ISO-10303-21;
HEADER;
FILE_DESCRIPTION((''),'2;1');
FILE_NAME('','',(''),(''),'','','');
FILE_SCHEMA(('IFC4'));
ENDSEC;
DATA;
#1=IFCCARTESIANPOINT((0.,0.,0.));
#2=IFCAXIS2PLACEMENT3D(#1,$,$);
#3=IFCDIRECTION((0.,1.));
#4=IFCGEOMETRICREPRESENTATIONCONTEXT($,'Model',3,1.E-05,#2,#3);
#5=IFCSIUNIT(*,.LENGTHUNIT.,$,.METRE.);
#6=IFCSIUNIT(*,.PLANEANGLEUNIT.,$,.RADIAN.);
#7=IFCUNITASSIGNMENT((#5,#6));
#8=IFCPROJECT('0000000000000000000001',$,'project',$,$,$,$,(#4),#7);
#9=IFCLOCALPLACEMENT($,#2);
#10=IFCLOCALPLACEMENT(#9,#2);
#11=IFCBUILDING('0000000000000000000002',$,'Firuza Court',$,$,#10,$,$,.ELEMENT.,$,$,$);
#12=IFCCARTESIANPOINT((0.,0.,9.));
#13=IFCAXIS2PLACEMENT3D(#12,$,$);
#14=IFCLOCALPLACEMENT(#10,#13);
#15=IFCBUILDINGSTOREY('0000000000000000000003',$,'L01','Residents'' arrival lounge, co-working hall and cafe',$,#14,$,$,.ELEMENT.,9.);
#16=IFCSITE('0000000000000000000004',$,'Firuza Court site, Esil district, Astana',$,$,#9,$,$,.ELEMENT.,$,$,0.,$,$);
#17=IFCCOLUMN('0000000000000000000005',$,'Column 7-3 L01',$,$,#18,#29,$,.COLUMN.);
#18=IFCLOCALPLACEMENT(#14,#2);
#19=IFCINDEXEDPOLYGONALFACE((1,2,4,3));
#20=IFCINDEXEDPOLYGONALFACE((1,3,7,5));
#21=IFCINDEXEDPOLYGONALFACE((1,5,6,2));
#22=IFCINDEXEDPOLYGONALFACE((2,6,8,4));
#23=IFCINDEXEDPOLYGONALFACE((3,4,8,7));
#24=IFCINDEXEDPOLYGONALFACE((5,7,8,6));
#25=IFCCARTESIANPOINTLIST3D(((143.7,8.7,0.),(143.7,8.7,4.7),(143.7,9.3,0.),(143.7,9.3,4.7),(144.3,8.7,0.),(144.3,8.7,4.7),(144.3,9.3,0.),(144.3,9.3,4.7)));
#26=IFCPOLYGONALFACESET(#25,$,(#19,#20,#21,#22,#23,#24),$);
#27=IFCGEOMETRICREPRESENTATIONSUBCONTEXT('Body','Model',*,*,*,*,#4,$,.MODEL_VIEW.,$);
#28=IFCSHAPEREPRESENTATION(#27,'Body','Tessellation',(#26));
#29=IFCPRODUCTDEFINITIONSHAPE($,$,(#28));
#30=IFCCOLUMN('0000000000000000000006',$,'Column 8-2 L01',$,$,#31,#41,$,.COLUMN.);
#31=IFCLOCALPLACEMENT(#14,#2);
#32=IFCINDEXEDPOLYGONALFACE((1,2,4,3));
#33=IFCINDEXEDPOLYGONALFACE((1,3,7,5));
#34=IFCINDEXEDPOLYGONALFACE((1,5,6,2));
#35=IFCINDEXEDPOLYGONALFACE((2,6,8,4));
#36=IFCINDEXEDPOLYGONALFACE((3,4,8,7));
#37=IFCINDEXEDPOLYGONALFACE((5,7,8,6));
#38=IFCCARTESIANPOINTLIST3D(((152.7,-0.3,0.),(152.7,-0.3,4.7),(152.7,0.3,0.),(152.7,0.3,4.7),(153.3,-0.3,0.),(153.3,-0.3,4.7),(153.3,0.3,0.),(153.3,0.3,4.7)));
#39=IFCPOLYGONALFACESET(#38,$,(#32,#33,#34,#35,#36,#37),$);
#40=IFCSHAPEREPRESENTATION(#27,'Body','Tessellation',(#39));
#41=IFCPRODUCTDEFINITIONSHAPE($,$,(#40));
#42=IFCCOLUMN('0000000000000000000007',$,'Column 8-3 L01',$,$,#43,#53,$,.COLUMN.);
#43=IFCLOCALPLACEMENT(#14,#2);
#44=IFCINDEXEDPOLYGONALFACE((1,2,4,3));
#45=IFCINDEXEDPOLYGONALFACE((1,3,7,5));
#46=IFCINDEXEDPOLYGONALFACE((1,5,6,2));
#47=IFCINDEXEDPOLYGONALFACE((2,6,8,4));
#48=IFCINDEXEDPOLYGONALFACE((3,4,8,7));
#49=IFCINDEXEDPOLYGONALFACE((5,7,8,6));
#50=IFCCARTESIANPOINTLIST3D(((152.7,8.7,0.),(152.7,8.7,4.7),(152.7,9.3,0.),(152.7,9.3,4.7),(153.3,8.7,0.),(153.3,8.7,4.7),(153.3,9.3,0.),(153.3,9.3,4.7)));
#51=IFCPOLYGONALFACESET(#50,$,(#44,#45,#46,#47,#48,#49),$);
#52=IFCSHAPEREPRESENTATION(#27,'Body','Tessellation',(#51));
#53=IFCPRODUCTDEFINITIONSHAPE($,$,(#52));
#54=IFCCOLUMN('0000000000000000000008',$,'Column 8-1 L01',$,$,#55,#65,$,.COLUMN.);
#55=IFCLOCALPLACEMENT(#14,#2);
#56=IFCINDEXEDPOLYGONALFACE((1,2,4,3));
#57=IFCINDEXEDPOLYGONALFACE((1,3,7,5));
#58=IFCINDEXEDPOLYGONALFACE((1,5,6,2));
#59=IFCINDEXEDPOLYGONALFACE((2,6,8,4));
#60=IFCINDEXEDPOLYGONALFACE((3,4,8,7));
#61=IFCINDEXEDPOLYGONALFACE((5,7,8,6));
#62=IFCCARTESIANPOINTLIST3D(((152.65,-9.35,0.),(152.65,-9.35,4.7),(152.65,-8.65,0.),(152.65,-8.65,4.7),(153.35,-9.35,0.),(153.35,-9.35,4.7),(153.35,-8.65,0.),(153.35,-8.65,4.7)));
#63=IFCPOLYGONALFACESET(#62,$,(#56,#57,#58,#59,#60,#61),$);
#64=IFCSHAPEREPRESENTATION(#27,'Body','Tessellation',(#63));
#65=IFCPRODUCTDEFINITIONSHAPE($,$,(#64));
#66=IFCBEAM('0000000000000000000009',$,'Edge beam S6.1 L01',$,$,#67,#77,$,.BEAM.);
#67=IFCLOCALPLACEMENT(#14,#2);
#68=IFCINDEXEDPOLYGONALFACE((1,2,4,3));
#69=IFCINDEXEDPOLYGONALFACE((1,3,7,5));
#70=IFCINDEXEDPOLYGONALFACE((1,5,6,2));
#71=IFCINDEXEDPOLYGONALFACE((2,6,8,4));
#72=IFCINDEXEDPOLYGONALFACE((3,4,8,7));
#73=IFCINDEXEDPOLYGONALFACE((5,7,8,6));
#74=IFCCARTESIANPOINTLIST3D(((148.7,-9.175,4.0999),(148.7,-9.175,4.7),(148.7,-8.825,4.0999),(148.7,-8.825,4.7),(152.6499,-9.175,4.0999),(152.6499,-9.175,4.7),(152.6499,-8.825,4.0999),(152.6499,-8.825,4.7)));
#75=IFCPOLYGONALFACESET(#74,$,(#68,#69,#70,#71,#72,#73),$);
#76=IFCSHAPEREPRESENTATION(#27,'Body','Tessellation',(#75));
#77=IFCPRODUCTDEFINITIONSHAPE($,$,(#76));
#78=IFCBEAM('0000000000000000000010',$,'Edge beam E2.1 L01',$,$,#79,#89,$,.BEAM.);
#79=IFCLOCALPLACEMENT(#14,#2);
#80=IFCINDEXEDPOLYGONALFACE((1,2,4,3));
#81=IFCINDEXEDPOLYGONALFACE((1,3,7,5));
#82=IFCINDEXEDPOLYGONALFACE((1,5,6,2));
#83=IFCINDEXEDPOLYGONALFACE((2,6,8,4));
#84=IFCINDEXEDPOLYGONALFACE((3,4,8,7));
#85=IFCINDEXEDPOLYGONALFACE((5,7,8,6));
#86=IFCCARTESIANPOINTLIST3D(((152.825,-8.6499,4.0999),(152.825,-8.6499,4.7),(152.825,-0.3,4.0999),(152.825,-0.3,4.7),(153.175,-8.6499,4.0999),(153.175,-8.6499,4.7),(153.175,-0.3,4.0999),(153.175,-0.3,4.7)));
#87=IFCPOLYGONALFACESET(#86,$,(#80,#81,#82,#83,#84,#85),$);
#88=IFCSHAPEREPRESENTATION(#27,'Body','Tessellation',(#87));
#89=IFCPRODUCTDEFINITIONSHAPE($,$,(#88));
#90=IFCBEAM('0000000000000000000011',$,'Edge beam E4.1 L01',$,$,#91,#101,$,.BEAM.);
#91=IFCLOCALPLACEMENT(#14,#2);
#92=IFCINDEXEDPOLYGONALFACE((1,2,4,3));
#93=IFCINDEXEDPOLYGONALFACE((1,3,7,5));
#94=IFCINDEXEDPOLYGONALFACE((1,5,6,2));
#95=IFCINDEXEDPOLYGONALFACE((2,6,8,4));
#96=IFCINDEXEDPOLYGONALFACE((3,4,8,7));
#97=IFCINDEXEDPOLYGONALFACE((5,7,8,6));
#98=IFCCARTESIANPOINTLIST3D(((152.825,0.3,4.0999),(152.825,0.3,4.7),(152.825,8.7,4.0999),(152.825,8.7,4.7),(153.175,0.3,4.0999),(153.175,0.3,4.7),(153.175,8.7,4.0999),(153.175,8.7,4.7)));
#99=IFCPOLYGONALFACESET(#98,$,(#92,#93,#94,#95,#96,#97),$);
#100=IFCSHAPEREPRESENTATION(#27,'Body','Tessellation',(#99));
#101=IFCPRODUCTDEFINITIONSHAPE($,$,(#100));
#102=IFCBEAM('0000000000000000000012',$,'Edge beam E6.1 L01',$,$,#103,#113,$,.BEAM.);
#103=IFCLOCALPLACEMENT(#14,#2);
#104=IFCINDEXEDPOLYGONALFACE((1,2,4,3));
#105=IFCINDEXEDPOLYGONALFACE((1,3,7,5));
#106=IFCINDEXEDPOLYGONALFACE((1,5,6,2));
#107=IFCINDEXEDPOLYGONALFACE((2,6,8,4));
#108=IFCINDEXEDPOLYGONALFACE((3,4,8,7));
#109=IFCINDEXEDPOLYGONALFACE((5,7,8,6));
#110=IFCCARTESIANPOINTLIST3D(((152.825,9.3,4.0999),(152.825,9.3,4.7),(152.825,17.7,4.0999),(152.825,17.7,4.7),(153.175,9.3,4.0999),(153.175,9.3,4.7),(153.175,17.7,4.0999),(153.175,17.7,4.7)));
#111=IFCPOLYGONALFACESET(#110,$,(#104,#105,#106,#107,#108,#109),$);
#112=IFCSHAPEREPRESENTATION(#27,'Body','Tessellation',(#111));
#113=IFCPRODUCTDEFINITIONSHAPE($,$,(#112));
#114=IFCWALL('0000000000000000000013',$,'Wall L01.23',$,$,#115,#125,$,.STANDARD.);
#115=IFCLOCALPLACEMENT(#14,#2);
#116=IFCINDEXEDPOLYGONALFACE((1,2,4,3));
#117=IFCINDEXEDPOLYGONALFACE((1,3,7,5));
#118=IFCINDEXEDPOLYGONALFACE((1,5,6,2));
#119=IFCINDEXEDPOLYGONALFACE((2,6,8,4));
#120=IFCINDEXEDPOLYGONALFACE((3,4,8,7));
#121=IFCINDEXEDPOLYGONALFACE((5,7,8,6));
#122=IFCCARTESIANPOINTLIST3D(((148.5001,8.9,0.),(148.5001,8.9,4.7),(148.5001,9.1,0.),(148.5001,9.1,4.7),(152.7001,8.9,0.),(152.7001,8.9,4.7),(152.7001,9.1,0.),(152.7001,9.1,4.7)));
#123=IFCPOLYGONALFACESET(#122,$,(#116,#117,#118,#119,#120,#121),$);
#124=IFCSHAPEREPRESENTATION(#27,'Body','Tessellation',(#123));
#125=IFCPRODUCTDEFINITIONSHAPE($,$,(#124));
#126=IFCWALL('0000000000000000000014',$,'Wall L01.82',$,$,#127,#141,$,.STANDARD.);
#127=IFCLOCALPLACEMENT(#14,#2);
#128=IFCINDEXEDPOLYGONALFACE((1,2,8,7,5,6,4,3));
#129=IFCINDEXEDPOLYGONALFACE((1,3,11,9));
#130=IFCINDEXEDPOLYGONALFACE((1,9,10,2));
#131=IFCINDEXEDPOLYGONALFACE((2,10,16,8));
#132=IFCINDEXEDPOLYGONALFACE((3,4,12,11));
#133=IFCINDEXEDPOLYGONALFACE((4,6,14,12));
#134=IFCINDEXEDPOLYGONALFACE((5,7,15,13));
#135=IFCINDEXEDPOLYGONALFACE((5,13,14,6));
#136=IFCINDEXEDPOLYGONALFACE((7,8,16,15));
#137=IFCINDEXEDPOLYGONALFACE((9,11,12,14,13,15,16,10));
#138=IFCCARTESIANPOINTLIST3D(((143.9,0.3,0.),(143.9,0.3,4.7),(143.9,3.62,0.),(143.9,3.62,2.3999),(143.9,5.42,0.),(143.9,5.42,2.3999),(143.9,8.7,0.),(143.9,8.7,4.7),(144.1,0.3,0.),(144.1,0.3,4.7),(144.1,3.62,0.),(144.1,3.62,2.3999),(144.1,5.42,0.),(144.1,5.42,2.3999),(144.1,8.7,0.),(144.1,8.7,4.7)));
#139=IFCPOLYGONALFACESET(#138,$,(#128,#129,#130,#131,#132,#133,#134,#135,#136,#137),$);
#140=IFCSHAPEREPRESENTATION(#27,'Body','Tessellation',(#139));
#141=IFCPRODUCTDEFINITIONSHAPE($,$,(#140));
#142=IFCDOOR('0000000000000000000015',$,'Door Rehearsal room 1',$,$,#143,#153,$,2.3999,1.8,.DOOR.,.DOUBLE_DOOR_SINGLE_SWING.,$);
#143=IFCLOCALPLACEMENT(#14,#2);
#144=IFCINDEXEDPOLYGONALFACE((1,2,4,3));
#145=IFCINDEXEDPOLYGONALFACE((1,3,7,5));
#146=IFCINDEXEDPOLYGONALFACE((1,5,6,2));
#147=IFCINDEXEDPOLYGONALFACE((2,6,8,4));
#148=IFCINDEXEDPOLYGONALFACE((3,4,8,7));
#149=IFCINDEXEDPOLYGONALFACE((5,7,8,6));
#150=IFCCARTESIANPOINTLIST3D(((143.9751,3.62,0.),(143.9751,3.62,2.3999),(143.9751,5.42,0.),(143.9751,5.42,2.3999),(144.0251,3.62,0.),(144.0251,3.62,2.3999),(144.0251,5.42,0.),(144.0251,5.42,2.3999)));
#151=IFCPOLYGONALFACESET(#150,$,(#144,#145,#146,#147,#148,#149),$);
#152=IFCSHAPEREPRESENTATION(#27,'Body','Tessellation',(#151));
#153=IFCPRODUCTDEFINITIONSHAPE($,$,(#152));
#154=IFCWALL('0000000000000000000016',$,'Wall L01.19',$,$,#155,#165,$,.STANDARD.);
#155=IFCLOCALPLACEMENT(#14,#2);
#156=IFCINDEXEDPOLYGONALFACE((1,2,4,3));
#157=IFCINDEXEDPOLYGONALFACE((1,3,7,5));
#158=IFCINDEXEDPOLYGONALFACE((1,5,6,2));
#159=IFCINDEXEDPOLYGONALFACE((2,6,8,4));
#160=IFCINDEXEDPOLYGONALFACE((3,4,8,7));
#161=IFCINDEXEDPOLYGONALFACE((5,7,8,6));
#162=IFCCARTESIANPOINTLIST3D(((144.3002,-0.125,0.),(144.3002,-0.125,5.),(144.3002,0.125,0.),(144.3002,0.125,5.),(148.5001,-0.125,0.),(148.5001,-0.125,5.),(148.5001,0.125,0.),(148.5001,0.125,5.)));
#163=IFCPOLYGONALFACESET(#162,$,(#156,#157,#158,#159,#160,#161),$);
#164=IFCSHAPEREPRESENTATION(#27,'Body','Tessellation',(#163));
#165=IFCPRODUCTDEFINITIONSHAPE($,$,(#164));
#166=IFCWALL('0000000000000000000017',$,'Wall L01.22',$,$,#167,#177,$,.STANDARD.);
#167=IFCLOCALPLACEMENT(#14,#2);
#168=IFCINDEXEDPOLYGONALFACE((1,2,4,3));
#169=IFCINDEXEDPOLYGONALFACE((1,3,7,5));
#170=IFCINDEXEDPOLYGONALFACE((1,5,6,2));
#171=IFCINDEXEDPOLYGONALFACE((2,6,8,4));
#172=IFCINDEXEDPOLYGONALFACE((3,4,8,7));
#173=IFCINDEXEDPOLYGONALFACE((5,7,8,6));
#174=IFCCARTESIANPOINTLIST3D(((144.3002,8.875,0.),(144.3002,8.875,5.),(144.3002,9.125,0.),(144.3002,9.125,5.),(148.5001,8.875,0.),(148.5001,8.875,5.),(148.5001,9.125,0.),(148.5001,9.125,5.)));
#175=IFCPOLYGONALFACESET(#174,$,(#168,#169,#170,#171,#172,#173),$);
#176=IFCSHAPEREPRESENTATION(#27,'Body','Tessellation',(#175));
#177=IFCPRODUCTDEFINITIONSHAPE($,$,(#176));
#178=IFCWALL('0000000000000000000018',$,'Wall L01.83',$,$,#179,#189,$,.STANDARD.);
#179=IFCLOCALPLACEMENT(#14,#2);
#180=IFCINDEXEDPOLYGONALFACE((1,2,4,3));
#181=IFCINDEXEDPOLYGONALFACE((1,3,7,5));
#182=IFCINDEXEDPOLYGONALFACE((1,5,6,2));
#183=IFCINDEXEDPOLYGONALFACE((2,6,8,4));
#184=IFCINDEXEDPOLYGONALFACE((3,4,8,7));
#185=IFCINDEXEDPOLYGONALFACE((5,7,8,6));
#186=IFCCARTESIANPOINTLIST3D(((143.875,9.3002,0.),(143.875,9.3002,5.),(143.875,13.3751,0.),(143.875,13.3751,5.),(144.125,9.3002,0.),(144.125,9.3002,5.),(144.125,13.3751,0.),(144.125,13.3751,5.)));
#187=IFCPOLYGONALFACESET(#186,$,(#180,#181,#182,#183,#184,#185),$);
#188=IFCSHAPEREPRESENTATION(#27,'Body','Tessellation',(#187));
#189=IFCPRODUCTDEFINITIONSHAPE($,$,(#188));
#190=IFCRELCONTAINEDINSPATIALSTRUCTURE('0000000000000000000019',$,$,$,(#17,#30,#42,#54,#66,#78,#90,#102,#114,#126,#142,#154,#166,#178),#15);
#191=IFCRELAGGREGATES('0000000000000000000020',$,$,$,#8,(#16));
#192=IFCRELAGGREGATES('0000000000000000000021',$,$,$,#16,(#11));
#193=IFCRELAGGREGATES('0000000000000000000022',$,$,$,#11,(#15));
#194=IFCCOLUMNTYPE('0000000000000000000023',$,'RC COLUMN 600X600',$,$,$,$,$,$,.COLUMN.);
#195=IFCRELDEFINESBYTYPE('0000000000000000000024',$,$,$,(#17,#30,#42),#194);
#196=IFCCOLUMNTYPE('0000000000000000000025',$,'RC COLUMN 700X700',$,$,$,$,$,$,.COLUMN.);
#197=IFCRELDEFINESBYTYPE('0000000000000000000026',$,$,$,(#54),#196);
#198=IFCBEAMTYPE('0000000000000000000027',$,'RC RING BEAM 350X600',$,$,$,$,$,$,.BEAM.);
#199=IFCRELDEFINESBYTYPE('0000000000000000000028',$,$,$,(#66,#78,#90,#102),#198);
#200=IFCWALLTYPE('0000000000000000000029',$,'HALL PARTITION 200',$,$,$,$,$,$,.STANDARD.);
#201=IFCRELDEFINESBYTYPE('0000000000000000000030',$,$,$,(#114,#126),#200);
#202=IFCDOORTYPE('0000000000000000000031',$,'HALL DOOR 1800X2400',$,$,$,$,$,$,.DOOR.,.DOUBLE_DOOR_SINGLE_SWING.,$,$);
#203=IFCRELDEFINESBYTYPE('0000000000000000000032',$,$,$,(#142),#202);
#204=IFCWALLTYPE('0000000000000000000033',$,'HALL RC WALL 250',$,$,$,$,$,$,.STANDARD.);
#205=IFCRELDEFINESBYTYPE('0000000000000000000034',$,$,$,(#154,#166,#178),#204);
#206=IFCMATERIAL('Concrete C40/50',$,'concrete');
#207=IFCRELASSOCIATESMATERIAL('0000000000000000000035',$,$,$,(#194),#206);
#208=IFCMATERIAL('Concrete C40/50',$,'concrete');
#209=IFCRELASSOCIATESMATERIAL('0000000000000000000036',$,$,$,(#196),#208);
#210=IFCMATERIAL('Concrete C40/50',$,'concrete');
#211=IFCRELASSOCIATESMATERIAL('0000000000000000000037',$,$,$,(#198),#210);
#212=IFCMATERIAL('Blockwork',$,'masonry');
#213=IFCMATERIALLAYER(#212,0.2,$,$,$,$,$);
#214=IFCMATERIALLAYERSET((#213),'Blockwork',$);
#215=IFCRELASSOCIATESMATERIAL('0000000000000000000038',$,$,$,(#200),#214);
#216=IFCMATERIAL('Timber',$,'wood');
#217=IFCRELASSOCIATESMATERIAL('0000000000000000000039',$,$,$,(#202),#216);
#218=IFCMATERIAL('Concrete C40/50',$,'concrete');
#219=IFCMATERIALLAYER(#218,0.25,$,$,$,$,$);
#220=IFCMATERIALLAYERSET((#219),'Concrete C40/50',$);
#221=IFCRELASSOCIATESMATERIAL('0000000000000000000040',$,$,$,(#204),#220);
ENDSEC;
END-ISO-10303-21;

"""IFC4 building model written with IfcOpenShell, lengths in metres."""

from ifc_helpers import new_model, si_unit, direction, frame, frame_2d, origin, origin_2d, place, context, subcontext, project, spatial, rectangle, extrude, material, layer, layer_set, material_profile, profile_set, type_object, element, fill, save


model = new_model("IFC4")

# Units and contexts
model_context = context("Model", 3, precision=1e-05, world=origin(), true_north=direction((0.0, 1.0)))
body_context = subcontext(model_context, "Body", "Model", "MODEL_VIEW")
ifc_project = project(units=[si_unit("LENGTHUNIT", "METRE"), si_unit("PLANEANGLEUNIT", "RADIAN")], contexts=[model_context])

# Site, building, storey
site_placement = place(None, origin())
site = spatial("IfcSite", under=ifc_project, at=site_placement, Name="Firuza Court site, Esil district, Astana", CompositionType="ELEMENT", RefElevation=0.0)
building_placement = place(site_placement, origin())
building = spatial("IfcBuilding", under=site, at=building_placement, Name="Firuza Court", CompositionType="ELEMENT")
storey_placement = place(building_placement, frame((0.0, 0.0, 9.0)))
storey = spatial("IfcBuildingStorey", under=building, at=storey_placement, Name="L01", Description="Residents' arrival lounge, co-working hall and cafe", CompositionType="ELEMENT", Elevation=9.0)

# Columns
ifc_material_1 = material(Name="Concrete C40/50", Category="concrete")
ifc_material_profile_1 = material_profile(ifc_material_1, rectangle(XDim=0.6001, YDim=0.6001, at=origin_2d()), Name="RC 600X600")
ifc_profile_set_1 = profile_set([ifc_material_profile_1], Name="Concrete C40/50")
column_type_1 = type_object("IfcColumnType", Name="RC COLUMN 600X600", PredefinedType="COLUMN", material=ifc_profile_set_1)
for number, where, z_axis, x_axis, name in (
    (1, (144.0, 9.0, 0.0), (0.0, 0.0, 1.0), (1.0, 0.0, 0.0), "Column 7-3 L01"),
    (2, (153.0, 0.0, 0.0), (0.0, 0.0, 1.0), (1.0, 0.0, 0.0), "Column 8-2 L01"),
    (3, (153.0, 9.0, 0.0), (0.0, 0.0, 1.0), (1.0, 0.0, 0.0), "Column 8-3 L01"),
):
    element("IfcColumn", number, at=place(storey_placement, frame(where, z_axis=z_axis, x_axis=x_axis)), inside=storey, type_object=column_type_1, Name=name, PredefinedType="COLUMN", context=body_context, shape_type="SweptSolid", body=[
        extrude(rectangle(XDim=0.6001, YDim=0.6001, at=origin_2d()), origin(), (0.0, 0.0, 1.0), 4.7),
    ])
ifc_material_2 = material(Name="Concrete C40/50", Category="concrete")
ifc_material_profile_2 = material_profile(ifc_material_2, rectangle(XDim=0.7, YDim=0.7, at=origin_2d()), Name="RC 700X700")
ifc_profile_set_2 = profile_set([ifc_material_profile_2], Name="Concrete C40/50")
column_type_2 = type_object("IfcColumnType", Name="RC COLUMN 700X700", PredefinedType="COLUMN", material=ifc_profile_set_2)
column_placement = place(storey_placement, frame((153.0, -9.0, 0.0), z_axis=(0.0, 0.0, 1.0), x_axis=(1.0, 0.0, 0.0)))
element("IfcColumn", 4, at=column_placement, inside=storey, type_object=column_type_2, Name="Column 8-1 L01", PredefinedType="COLUMN", context=body_context, shape_type="SweptSolid", body=[
    extrude(rectangle(XDim=0.7, YDim=0.7, at=origin_2d()), origin(), (0.0, 0.0, 1.0), 4.7),
])

# Beams
ifc_material_3 = material(Name="Concrete C40/50", Category="concrete")
ifc_material_profile_3 = material_profile(ifc_material_3, rectangle(XDim=0.3501, YDim=0.6001, at=origin_2d()), Name="RC 350X600")
ifc_profile_set_3 = profile_set([ifc_material_profile_3], Name="Concrete C40/50")
beam_type = type_object("IfcBeamType", Name="RC RING BEAM 350X600", PredefinedType="BEAM", material=ifc_profile_set_3)
beam_1_placement = place(storey_placement, frame((148.7, -9.0, 4.3999), z_axis=(1.0, 0.0, 0.0), x_axis=(0.0, 1.0, 0.0)))
element("IfcBeam", 5, at=beam_1_placement, inside=storey, type_object=beam_type, Name="Edge beam S6.1 L01", PredefinedType="BEAM", context=body_context, shape_type="SweptSolid", body=[
    extrude(rectangle(XDim=0.3501, YDim=0.6001, at=origin_2d()), origin(), (0.0, 0.0, 1.0), 3.95),
])
beam_2_placement = place(storey_placement, frame((153.0, -8.6499, 4.3999), z_axis=(0.0, 1.0, 0.0), x_axis=(-1.0, 0.0, 0.0)))
element("IfcBeam", 6, at=beam_2_placement, inside=storey, type_object=beam_type, Name="Edge beam E2.1 L01", PredefinedType="BEAM", context=body_context, shape_type="SweptSolid", body=[
    extrude(rectangle(XDim=0.3501, YDim=0.6001, at=origin_2d()), origin(), (0.0, 0.0, 1.0), 8.3499),
])
for number, where, z_axis, x_axis, name in (
    (7, (153.0, 0.3, 4.3999), (0.0, 1.0, 0.0), (-1.0, 0.0, 0.0), "Edge beam E4.1 L01"),
    (8, (153.0, 9.3, 4.3999), (0.0, 1.0, 0.0), (-1.0, 0.0, 0.0), "Edge beam E6.1 L01"),
):
    element("IfcBeam", number, at=place(storey_placement, frame(where, z_axis=z_axis, x_axis=x_axis)), inside=storey, type_object=beam_type, Name=name, PredefinedType="BEAM", context=body_context, shape_type="SweptSolid", body=[
        extrude(rectangle(XDim=0.3501, YDim=0.6001, at=origin_2d()), origin(), (0.0, 0.0, 1.0), 8.3999),
    ])

# Wall
ifc_material_4 = material(Name="Blockwork", Category="masonry")
ifc_layer_1 = layer(ifc_material_4, 0.2)
ifc_layer_set_1 = layer_set([ifc_layer_1], Name="Blockwork")
wall_type_1 = type_object("IfcWallType", Name="HALL PARTITION 200", PredefinedType="STANDARD", material=ifc_layer_set_1)
wall_1_placement = place(storey_placement, frame((148.5, 9.0, 0.0), z_axis=(0.0, 0.0, 1.0), x_axis=(1.0, 0.0, 0.0)))
element("IfcWall", 9, at=wall_1_placement, inside=storey, type_object=wall_type_1, Name="Wall L01.23", PredefinedType="STANDARD", context=body_context, shape_type="SweptSolid", body=[
    extrude(rectangle(XDim=4.2, YDim=0.2, at=frame_2d((2.1001, 0.0))), origin(), (0.0, 0.0, 1.0), 4.7),
])

# Wall, opening, door
wall_2_placement = place(storey_placement, frame((144.0, 0.3, 0.0), z_axis=(0.0, 0.0, 1.0), x_axis=(0.0, 1.0, 0.0)))
wall_2 = element("IfcWall", 10, at=wall_2_placement, inside=storey, type_object=wall_type_1, Name="Wall L01.82", PredefinedType="STANDARD", context=body_context, shape_type="SweptSolid", body=[
    extrude(rectangle(XDim=8.3999, YDim=0.2, at=frame_2d((4.2, 0.0))), origin(), (0.0, 0.0, 1.0), 4.7),
])
opening_1_placement = place(wall_2_placement, frame((3.3201, 0.0, 0.0)))
opening_1 = element("IfcOpeningElement", 11, at=opening_1_placement, cuts=wall_2, PredefinedType="OPENING", context=body_context, shape_type="SweptSolid", body=[
    extrude(rectangle(XDim=1.8, YDim=2.3999, at=frame_2d((0.8999, 1.2))), frame((0.0, 0.1118, 0.0), z_axis=(0.0, -1.0, 0.0), x_axis=(1.0, 0.0, 0.0)), (0.0, 0.0, 1.0), 0.2239),
])
ifc_material_5 = material(Name="Timber", Category="wood")
door_type = type_object("IfcDoorType", Name="HALL DOOR 1800X2400", OperationType="DOUBLE_DOOR_SINGLE_SWING", PredefinedType="DOOR", material=ifc_material_5)
door_placement = place(opening_1_placement, origin())
door = element("IfcDoor", 12, at=door_placement, inside=storey, type_object=door_type, Name="Door Rehearsal room 1", OperationType="DOUBLE_DOOR_SINGLE_SWING", OverallHeight=2.3999, OverallWidth=1.8, PredefinedType="DOOR", context=body_context, shape_type="SweptSolid", body=[
    extrude(rectangle(XDim=1.8, YDim=2.3999, at=frame_2d((0.8999, 1.2))), frame((0.0, 0.0249, 0.0), z_axis=(0.0, -1.0, 0.0), x_axis=(1.0, 0.0, 0.0)), (0.0, 0.0, 1.0), 0.05),
])
fill(opening_1, door)

# Walls
ifc_material_6 = material(Name="Concrete C40/50", Category="concrete")
ifc_layer_2 = layer(ifc_material_6, 0.25)
ifc_layer_set_2 = layer_set([ifc_layer_2], Name="Concrete C40/50")
wall_type_2 = type_object("IfcWallType", Name="HALL RC WALL 250", PredefinedType="STANDARD", material=ifc_layer_set_2)
for number, where, z_axis, x_axis, name in (
    (13, (144.3, 0.0, 0.0), (0.0, 0.0, 1.0), (1.0, 0.0, 0.0), "Wall L01.19"),
    (14, (144.3, 9.0, 0.0), (0.0, 0.0, 1.0), (1.0, 0.0, 0.0), "Wall L01.22"),
):
    element("IfcWall", number, at=place(storey_placement, frame(where, z_axis=z_axis, x_axis=x_axis)), inside=storey, type_object=wall_type_2, Name=name, PredefinedType="STANDARD", context=body_context, shape_type="SweptSolid", body=[
        extrude(rectangle(XDim=4.2, YDim=0.25, at=frame_2d((2.1001, 0.0))), origin(), (0.0, 0.0, 1.0), 5.0),
    ])
wall_3_placement = place(storey_placement, frame((144.0, 9.3, 0.0), z_axis=(0.0, 0.0, 1.0), x_axis=(0.0, 1.0, 0.0)))
element("IfcWall", 15, at=wall_3_placement, inside=storey, type_object=wall_type_2, Name="Wall L01.83", PredefinedType="STANDARD", context=body_context, shape_type="SweptSolid", body=[
    extrude(rectangle(XDim=4.075, YDim=0.25, at=frame_2d((2.0376, 0.0))), origin(), (0.0, 0.0, 1.0), 5.0),
])

save(model, "model.ifc")
